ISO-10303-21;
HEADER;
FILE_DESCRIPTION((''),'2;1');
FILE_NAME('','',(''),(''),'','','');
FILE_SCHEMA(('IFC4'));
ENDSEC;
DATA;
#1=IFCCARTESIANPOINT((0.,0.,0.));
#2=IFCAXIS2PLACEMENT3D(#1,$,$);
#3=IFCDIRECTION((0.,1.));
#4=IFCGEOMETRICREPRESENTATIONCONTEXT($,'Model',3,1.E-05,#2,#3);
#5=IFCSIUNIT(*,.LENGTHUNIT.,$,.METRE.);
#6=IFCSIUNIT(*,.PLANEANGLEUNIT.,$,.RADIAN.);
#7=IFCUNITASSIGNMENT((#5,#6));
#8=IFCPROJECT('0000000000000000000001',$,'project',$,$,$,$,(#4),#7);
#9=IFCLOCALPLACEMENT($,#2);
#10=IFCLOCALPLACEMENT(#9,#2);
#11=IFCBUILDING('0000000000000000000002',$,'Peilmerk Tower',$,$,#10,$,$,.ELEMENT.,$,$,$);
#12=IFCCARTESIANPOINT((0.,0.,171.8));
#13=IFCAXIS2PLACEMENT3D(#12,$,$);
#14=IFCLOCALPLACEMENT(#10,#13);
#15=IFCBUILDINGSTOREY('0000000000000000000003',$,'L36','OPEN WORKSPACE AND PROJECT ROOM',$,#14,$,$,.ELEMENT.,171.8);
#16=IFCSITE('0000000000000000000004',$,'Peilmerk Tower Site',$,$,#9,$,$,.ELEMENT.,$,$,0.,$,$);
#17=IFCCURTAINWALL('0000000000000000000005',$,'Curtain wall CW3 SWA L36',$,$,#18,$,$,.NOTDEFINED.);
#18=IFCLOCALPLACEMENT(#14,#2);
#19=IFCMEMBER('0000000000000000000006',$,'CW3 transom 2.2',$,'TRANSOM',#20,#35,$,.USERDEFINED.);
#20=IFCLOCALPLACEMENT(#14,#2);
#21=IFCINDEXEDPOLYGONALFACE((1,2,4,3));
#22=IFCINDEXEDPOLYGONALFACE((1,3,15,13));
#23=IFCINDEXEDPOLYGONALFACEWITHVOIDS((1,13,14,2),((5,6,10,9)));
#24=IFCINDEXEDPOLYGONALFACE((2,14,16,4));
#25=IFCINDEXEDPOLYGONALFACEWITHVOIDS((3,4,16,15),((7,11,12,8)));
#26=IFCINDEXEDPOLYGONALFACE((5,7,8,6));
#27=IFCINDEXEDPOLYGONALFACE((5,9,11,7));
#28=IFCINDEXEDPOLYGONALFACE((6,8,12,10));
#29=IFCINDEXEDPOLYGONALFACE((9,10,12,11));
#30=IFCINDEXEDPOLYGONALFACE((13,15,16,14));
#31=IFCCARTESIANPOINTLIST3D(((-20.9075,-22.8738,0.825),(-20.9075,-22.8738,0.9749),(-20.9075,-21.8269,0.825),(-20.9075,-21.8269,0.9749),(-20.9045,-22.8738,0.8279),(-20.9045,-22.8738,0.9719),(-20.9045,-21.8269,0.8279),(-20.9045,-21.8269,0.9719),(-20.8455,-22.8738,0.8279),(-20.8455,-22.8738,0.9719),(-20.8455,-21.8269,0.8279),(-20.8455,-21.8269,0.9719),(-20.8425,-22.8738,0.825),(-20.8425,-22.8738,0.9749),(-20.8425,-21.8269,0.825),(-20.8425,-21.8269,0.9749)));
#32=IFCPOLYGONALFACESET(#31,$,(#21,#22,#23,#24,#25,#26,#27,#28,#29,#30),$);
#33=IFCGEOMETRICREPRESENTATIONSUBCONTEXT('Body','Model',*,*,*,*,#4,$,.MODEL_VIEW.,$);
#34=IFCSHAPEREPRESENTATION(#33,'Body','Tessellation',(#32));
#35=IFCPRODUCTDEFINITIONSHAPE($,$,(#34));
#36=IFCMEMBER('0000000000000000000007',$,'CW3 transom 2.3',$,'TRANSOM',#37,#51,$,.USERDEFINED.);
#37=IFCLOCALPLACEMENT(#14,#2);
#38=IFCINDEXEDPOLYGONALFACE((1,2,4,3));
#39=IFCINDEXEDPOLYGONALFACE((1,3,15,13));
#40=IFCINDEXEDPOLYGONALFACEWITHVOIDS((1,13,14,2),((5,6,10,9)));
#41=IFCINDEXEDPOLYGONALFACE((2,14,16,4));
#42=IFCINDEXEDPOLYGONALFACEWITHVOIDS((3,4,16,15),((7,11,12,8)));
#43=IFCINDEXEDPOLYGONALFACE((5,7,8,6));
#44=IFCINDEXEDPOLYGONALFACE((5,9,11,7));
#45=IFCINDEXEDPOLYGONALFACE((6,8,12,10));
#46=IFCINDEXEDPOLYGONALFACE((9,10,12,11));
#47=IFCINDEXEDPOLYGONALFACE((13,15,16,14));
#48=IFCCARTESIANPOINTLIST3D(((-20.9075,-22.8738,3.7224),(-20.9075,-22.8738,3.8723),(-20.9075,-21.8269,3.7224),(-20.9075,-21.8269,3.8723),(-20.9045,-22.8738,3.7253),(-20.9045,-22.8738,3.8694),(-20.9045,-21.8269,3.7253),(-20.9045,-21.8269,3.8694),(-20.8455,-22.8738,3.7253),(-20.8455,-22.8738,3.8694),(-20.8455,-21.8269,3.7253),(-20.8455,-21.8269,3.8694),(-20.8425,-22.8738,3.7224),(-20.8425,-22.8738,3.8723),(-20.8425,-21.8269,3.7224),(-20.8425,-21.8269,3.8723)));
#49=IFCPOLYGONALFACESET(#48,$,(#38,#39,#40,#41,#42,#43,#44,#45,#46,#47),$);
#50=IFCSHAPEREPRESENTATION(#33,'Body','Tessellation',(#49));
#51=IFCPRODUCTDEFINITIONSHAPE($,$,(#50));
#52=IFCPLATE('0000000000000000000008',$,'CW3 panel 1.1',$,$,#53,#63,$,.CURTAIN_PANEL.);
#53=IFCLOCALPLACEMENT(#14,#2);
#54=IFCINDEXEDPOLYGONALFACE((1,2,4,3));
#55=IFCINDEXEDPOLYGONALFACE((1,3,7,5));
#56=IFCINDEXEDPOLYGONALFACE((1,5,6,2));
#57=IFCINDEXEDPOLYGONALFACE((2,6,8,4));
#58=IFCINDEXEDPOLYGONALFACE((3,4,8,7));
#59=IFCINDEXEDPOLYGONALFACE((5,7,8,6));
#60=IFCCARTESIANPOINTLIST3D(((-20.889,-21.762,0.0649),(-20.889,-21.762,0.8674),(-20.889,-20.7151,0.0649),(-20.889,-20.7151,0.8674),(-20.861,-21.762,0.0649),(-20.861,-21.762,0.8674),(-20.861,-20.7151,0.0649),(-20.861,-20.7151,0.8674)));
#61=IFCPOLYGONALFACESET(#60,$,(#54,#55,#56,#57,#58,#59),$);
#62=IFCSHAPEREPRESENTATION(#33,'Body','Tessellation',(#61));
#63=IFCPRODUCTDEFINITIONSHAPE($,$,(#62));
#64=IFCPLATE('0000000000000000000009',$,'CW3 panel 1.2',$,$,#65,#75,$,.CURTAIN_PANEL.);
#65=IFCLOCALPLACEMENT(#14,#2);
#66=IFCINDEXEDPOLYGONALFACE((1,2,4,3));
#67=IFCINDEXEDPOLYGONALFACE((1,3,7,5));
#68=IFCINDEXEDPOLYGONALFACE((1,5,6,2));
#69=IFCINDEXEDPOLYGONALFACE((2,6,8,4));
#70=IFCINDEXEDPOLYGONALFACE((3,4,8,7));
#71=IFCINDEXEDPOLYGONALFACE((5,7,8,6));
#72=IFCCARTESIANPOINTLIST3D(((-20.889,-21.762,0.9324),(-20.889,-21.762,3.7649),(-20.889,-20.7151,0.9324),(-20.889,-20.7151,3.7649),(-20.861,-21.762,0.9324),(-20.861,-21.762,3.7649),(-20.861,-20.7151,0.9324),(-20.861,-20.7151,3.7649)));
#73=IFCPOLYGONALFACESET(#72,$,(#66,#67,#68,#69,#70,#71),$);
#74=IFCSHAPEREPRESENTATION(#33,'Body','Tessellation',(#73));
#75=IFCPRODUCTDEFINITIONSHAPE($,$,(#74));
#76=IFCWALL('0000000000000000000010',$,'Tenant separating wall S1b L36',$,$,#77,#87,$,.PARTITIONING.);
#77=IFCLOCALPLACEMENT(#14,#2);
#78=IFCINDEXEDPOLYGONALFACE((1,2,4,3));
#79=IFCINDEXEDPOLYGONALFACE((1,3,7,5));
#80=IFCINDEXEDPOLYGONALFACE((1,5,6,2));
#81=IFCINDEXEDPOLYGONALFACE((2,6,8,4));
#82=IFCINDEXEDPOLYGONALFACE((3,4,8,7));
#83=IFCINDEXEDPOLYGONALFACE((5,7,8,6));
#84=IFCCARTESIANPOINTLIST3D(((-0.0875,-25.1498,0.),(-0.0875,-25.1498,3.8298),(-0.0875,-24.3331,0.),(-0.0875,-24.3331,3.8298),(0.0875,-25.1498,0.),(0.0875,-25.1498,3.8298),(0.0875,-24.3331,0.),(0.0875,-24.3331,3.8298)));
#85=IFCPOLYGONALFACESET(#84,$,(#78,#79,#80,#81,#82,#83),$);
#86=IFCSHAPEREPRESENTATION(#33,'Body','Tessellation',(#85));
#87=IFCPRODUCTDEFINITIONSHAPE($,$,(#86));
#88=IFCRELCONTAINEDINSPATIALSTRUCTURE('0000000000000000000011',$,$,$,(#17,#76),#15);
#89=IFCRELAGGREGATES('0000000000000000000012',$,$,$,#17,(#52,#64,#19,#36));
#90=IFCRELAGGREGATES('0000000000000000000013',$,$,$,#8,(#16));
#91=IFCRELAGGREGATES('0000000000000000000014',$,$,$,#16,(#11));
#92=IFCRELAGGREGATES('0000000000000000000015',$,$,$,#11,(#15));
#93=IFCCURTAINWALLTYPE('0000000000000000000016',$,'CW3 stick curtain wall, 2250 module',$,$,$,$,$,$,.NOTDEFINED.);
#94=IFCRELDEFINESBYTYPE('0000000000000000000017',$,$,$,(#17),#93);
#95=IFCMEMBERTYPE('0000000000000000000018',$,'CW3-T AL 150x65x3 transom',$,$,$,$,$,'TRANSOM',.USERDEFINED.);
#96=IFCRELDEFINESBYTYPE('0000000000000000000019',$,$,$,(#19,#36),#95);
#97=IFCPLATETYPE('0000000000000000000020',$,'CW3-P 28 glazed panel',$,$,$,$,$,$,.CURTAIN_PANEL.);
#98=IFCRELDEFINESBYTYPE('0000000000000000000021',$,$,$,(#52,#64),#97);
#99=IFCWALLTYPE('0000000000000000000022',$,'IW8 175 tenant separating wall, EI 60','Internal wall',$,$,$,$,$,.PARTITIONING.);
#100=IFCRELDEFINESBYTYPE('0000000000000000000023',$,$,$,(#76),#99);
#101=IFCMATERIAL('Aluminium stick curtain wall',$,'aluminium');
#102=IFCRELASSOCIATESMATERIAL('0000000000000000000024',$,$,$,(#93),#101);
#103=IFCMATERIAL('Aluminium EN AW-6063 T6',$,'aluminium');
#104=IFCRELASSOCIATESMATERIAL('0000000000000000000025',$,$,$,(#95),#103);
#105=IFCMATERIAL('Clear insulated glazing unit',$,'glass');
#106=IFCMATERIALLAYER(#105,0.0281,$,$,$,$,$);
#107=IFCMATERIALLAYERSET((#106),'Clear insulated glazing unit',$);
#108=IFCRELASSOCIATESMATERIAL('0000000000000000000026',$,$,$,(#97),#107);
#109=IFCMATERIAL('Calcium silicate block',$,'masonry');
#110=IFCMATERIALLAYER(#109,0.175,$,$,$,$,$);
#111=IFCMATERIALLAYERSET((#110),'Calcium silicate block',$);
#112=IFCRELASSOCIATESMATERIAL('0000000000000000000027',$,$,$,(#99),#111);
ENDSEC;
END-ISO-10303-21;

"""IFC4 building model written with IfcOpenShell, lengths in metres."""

from ifc_helpers import new_model, si_unit, direction, frame, frame_2d, origin, origin_2d, place, context, subcontext, project, spatial, rectangle, hollow_rectangle, extrude, material, layer, layer_set, material_profile, profile_set, type_object, element, aggregate, save


model = new_model("IFC4")

# Units and contexts
model_context = context("Model", 3, precision=1e-05, world=origin(), true_north=direction((0.0, 1.0)))
body_context = subcontext(model_context, "Body", "Model", "MODEL_VIEW")
ifc_project = project(units=[si_unit("LENGTHUNIT", "METRE"), si_unit("PLANEANGLEUNIT", "RADIAN")], contexts=[model_context])

# Site, building, storey
site_placement = place(None, origin())
site = spatial("IfcSite", under=ifc_project, at=site_placement, Name="Peilmerk Tower Site", CompositionType="ELEMENT", RefElevation=0.0)
building_placement = place(site_placement, origin())
building = spatial("IfcBuilding", under=site, at=building_placement, Name="Peilmerk Tower", CompositionType="ELEMENT")
storey_placement = place(building_placement, frame((0.0, 0.0, 171.8)))
storey = spatial("IfcBuildingStorey", under=building, at=storey_placement, Name="L36", Description="OPEN WORKSPACE AND PROJECT ROOM", CompositionType="ELEMENT", Elevation=171.8)

# Curtain wall, members, plates
ifc_material_1 = material(Name="Aluminium stick curtain wall", Category="aluminium")
curtain_wall_type = type_object("IfcCurtainWallType", Name="CW3 stick curtain wall, 2250 module", PredefinedType="NOTDEFINED", material=ifc_material_1)
curtain_wall_placement = place(storey_placement, origin())
curtain_wall = element("IfcCurtainWall", 1, at=curtain_wall_placement, inside=storey, type_object=curtain_wall_type, Name="Curtain wall CW3 SWA L36", PredefinedType="NOTDEFINED")
ifc_material_2 = material(Name="Aluminium EN AW-6063 T6", Category="aluminium")
ifc_material_profile_1 = material_profile(ifc_material_2, hollow_rectangle(XDim=0.0649, YDim=0.1499, WallThickness=0.0029, at=origin_2d()), Name="AL 150x65x3")
ifc_profile_set_1 = profile_set([ifc_material_profile_1], Name="Aluminium EN AW-6063 T6")
member_type_1 = type_object("IfcMemberType", Name="CW3-T AL 150x65x3 transom", ElementType="TRANSOM", PredefinedType="USERDEFINED", material=ifc_profile_set_1)
member_1_placement = place(storey_placement, frame((-20.875, -21.8269, 0.8999), z_axis=(0.0, -1.0, 0.0), x_axis=(1.0, 0.0, 0.0)))
member_1 = element("IfcMember", 2, at=member_1_placement, type_object=member_type_1, Name="CW3 transom 2.2", ObjectType="TRANSOM", PredefinedType="USERDEFINED", context=body_context, shape_type="SweptSolid", body=[
    extrude(hollow_rectangle(XDim=0.0649, YDim=0.1499, WallThickness=0.0029, at=origin_2d()), origin(), (0.0, 0.0, 1.0), 1.0469),
])
member_2_placement = place(storey_placement, frame((-20.875, -21.8269, 3.7974), z_axis=(0.0, -1.0, 0.0), x_axis=(1.0, 0.0, 0.0)))
member_2 = element("IfcMember", 3, at=member_2_placement, type_object=member_type_1, Name="CW3 transom 2.3", ObjectType="TRANSOM", PredefinedType="USERDEFINED", context=body_context, shape_type="SweptSolid", body=[
    extrude(hollow_rectangle(XDim=0.0649, YDim=0.1499, WallThickness=0.0029, at=origin_2d()), origin(), (0.0, 0.0, 1.0), 1.0469),
])
ifc_material_3 = material(Name="Clear insulated glazing unit", Category="glass")
ifc_layer_1 = layer(ifc_material_3, 0.0281)
ifc_layer_set_1 = layer_set([ifc_layer_1], Name="Clear insulated glazing unit")
plate_type = type_object("IfcPlateType", Name="CW3-P 28 glazed panel", PredefinedType="CURTAIN_PANEL", material=ifc_layer_set_1)
plate_1_placement = place(storey_placement, frame((-20.875, -21.2385, 0.0649), z_axis=(0.0, 0.0, 1.0), x_axis=(0.0, -1.0, 0.0)))
plate_1 = element("IfcPlate", 4, at=plate_1_placement, type_object=plate_type, Name="CW3 panel 1.1", PredefinedType="CURTAIN_PANEL", context=body_context, shape_type="SweptSolid", body=[
    extrude(rectangle(XDim=1.0469, YDim=0.0281, at=origin_2d()), origin(), (0.0, 0.0, 1.0), 0.8025),
])
plate_2_placement = place(storey_placement, frame((-20.875, -21.2385, 0.9324), z_axis=(0.0, 0.0, 1.0), x_axis=(0.0, -1.0, 0.0)))
plate_2 = element("IfcPlate", 5, at=plate_2_placement, type_object=plate_type, Name="CW3 panel 1.2", PredefinedType="CURTAIN_PANEL", context=body_context, shape_type="SweptSolid", body=[
    extrude(rectangle(XDim=1.0469, YDim=0.0281, at=origin_2d()), origin(), (0.0, 0.0, 1.0), 2.8325),
])
aggregate(curtain_wall, [plate_1, plate_2, member_1, member_2])

# Wall
ifc_material_4 = material(Name="Calcium silicate block", Category="masonry")
ifc_layer_2 = layer(ifc_material_4, 0.175)
ifc_layer_set_2 = layer_set([ifc_layer_2], Name="Calcium silicate block")
wall_type = type_object("IfcWallType", Name="IW8 175 tenant separating wall, EI 60", Description="Internal wall", PredefinedType="PARTITIONING", material=ifc_layer_set_2)
wall_placement = place(storey_placement, frame((0.0, -24.3333, 0.0), z_axis=(0.0, 0.0, 1.0), x_axis=(0.0, -1.0, 0.0)))
element("IfcWall", 6, at=wall_placement, inside=storey, type_object=wall_type, Name="Tenant separating wall S1b L36", PredefinedType="PARTITIONING", context=body_context, shape_type="SweptSolid", body=[
    extrude(rectangle(XDim=0.8167, YDim=0.175, at=frame_2d((0.4082, 0.0))), origin(), (0.0, 0.0, 1.0), 3.8298),
])

save(model, "model.ifc")
